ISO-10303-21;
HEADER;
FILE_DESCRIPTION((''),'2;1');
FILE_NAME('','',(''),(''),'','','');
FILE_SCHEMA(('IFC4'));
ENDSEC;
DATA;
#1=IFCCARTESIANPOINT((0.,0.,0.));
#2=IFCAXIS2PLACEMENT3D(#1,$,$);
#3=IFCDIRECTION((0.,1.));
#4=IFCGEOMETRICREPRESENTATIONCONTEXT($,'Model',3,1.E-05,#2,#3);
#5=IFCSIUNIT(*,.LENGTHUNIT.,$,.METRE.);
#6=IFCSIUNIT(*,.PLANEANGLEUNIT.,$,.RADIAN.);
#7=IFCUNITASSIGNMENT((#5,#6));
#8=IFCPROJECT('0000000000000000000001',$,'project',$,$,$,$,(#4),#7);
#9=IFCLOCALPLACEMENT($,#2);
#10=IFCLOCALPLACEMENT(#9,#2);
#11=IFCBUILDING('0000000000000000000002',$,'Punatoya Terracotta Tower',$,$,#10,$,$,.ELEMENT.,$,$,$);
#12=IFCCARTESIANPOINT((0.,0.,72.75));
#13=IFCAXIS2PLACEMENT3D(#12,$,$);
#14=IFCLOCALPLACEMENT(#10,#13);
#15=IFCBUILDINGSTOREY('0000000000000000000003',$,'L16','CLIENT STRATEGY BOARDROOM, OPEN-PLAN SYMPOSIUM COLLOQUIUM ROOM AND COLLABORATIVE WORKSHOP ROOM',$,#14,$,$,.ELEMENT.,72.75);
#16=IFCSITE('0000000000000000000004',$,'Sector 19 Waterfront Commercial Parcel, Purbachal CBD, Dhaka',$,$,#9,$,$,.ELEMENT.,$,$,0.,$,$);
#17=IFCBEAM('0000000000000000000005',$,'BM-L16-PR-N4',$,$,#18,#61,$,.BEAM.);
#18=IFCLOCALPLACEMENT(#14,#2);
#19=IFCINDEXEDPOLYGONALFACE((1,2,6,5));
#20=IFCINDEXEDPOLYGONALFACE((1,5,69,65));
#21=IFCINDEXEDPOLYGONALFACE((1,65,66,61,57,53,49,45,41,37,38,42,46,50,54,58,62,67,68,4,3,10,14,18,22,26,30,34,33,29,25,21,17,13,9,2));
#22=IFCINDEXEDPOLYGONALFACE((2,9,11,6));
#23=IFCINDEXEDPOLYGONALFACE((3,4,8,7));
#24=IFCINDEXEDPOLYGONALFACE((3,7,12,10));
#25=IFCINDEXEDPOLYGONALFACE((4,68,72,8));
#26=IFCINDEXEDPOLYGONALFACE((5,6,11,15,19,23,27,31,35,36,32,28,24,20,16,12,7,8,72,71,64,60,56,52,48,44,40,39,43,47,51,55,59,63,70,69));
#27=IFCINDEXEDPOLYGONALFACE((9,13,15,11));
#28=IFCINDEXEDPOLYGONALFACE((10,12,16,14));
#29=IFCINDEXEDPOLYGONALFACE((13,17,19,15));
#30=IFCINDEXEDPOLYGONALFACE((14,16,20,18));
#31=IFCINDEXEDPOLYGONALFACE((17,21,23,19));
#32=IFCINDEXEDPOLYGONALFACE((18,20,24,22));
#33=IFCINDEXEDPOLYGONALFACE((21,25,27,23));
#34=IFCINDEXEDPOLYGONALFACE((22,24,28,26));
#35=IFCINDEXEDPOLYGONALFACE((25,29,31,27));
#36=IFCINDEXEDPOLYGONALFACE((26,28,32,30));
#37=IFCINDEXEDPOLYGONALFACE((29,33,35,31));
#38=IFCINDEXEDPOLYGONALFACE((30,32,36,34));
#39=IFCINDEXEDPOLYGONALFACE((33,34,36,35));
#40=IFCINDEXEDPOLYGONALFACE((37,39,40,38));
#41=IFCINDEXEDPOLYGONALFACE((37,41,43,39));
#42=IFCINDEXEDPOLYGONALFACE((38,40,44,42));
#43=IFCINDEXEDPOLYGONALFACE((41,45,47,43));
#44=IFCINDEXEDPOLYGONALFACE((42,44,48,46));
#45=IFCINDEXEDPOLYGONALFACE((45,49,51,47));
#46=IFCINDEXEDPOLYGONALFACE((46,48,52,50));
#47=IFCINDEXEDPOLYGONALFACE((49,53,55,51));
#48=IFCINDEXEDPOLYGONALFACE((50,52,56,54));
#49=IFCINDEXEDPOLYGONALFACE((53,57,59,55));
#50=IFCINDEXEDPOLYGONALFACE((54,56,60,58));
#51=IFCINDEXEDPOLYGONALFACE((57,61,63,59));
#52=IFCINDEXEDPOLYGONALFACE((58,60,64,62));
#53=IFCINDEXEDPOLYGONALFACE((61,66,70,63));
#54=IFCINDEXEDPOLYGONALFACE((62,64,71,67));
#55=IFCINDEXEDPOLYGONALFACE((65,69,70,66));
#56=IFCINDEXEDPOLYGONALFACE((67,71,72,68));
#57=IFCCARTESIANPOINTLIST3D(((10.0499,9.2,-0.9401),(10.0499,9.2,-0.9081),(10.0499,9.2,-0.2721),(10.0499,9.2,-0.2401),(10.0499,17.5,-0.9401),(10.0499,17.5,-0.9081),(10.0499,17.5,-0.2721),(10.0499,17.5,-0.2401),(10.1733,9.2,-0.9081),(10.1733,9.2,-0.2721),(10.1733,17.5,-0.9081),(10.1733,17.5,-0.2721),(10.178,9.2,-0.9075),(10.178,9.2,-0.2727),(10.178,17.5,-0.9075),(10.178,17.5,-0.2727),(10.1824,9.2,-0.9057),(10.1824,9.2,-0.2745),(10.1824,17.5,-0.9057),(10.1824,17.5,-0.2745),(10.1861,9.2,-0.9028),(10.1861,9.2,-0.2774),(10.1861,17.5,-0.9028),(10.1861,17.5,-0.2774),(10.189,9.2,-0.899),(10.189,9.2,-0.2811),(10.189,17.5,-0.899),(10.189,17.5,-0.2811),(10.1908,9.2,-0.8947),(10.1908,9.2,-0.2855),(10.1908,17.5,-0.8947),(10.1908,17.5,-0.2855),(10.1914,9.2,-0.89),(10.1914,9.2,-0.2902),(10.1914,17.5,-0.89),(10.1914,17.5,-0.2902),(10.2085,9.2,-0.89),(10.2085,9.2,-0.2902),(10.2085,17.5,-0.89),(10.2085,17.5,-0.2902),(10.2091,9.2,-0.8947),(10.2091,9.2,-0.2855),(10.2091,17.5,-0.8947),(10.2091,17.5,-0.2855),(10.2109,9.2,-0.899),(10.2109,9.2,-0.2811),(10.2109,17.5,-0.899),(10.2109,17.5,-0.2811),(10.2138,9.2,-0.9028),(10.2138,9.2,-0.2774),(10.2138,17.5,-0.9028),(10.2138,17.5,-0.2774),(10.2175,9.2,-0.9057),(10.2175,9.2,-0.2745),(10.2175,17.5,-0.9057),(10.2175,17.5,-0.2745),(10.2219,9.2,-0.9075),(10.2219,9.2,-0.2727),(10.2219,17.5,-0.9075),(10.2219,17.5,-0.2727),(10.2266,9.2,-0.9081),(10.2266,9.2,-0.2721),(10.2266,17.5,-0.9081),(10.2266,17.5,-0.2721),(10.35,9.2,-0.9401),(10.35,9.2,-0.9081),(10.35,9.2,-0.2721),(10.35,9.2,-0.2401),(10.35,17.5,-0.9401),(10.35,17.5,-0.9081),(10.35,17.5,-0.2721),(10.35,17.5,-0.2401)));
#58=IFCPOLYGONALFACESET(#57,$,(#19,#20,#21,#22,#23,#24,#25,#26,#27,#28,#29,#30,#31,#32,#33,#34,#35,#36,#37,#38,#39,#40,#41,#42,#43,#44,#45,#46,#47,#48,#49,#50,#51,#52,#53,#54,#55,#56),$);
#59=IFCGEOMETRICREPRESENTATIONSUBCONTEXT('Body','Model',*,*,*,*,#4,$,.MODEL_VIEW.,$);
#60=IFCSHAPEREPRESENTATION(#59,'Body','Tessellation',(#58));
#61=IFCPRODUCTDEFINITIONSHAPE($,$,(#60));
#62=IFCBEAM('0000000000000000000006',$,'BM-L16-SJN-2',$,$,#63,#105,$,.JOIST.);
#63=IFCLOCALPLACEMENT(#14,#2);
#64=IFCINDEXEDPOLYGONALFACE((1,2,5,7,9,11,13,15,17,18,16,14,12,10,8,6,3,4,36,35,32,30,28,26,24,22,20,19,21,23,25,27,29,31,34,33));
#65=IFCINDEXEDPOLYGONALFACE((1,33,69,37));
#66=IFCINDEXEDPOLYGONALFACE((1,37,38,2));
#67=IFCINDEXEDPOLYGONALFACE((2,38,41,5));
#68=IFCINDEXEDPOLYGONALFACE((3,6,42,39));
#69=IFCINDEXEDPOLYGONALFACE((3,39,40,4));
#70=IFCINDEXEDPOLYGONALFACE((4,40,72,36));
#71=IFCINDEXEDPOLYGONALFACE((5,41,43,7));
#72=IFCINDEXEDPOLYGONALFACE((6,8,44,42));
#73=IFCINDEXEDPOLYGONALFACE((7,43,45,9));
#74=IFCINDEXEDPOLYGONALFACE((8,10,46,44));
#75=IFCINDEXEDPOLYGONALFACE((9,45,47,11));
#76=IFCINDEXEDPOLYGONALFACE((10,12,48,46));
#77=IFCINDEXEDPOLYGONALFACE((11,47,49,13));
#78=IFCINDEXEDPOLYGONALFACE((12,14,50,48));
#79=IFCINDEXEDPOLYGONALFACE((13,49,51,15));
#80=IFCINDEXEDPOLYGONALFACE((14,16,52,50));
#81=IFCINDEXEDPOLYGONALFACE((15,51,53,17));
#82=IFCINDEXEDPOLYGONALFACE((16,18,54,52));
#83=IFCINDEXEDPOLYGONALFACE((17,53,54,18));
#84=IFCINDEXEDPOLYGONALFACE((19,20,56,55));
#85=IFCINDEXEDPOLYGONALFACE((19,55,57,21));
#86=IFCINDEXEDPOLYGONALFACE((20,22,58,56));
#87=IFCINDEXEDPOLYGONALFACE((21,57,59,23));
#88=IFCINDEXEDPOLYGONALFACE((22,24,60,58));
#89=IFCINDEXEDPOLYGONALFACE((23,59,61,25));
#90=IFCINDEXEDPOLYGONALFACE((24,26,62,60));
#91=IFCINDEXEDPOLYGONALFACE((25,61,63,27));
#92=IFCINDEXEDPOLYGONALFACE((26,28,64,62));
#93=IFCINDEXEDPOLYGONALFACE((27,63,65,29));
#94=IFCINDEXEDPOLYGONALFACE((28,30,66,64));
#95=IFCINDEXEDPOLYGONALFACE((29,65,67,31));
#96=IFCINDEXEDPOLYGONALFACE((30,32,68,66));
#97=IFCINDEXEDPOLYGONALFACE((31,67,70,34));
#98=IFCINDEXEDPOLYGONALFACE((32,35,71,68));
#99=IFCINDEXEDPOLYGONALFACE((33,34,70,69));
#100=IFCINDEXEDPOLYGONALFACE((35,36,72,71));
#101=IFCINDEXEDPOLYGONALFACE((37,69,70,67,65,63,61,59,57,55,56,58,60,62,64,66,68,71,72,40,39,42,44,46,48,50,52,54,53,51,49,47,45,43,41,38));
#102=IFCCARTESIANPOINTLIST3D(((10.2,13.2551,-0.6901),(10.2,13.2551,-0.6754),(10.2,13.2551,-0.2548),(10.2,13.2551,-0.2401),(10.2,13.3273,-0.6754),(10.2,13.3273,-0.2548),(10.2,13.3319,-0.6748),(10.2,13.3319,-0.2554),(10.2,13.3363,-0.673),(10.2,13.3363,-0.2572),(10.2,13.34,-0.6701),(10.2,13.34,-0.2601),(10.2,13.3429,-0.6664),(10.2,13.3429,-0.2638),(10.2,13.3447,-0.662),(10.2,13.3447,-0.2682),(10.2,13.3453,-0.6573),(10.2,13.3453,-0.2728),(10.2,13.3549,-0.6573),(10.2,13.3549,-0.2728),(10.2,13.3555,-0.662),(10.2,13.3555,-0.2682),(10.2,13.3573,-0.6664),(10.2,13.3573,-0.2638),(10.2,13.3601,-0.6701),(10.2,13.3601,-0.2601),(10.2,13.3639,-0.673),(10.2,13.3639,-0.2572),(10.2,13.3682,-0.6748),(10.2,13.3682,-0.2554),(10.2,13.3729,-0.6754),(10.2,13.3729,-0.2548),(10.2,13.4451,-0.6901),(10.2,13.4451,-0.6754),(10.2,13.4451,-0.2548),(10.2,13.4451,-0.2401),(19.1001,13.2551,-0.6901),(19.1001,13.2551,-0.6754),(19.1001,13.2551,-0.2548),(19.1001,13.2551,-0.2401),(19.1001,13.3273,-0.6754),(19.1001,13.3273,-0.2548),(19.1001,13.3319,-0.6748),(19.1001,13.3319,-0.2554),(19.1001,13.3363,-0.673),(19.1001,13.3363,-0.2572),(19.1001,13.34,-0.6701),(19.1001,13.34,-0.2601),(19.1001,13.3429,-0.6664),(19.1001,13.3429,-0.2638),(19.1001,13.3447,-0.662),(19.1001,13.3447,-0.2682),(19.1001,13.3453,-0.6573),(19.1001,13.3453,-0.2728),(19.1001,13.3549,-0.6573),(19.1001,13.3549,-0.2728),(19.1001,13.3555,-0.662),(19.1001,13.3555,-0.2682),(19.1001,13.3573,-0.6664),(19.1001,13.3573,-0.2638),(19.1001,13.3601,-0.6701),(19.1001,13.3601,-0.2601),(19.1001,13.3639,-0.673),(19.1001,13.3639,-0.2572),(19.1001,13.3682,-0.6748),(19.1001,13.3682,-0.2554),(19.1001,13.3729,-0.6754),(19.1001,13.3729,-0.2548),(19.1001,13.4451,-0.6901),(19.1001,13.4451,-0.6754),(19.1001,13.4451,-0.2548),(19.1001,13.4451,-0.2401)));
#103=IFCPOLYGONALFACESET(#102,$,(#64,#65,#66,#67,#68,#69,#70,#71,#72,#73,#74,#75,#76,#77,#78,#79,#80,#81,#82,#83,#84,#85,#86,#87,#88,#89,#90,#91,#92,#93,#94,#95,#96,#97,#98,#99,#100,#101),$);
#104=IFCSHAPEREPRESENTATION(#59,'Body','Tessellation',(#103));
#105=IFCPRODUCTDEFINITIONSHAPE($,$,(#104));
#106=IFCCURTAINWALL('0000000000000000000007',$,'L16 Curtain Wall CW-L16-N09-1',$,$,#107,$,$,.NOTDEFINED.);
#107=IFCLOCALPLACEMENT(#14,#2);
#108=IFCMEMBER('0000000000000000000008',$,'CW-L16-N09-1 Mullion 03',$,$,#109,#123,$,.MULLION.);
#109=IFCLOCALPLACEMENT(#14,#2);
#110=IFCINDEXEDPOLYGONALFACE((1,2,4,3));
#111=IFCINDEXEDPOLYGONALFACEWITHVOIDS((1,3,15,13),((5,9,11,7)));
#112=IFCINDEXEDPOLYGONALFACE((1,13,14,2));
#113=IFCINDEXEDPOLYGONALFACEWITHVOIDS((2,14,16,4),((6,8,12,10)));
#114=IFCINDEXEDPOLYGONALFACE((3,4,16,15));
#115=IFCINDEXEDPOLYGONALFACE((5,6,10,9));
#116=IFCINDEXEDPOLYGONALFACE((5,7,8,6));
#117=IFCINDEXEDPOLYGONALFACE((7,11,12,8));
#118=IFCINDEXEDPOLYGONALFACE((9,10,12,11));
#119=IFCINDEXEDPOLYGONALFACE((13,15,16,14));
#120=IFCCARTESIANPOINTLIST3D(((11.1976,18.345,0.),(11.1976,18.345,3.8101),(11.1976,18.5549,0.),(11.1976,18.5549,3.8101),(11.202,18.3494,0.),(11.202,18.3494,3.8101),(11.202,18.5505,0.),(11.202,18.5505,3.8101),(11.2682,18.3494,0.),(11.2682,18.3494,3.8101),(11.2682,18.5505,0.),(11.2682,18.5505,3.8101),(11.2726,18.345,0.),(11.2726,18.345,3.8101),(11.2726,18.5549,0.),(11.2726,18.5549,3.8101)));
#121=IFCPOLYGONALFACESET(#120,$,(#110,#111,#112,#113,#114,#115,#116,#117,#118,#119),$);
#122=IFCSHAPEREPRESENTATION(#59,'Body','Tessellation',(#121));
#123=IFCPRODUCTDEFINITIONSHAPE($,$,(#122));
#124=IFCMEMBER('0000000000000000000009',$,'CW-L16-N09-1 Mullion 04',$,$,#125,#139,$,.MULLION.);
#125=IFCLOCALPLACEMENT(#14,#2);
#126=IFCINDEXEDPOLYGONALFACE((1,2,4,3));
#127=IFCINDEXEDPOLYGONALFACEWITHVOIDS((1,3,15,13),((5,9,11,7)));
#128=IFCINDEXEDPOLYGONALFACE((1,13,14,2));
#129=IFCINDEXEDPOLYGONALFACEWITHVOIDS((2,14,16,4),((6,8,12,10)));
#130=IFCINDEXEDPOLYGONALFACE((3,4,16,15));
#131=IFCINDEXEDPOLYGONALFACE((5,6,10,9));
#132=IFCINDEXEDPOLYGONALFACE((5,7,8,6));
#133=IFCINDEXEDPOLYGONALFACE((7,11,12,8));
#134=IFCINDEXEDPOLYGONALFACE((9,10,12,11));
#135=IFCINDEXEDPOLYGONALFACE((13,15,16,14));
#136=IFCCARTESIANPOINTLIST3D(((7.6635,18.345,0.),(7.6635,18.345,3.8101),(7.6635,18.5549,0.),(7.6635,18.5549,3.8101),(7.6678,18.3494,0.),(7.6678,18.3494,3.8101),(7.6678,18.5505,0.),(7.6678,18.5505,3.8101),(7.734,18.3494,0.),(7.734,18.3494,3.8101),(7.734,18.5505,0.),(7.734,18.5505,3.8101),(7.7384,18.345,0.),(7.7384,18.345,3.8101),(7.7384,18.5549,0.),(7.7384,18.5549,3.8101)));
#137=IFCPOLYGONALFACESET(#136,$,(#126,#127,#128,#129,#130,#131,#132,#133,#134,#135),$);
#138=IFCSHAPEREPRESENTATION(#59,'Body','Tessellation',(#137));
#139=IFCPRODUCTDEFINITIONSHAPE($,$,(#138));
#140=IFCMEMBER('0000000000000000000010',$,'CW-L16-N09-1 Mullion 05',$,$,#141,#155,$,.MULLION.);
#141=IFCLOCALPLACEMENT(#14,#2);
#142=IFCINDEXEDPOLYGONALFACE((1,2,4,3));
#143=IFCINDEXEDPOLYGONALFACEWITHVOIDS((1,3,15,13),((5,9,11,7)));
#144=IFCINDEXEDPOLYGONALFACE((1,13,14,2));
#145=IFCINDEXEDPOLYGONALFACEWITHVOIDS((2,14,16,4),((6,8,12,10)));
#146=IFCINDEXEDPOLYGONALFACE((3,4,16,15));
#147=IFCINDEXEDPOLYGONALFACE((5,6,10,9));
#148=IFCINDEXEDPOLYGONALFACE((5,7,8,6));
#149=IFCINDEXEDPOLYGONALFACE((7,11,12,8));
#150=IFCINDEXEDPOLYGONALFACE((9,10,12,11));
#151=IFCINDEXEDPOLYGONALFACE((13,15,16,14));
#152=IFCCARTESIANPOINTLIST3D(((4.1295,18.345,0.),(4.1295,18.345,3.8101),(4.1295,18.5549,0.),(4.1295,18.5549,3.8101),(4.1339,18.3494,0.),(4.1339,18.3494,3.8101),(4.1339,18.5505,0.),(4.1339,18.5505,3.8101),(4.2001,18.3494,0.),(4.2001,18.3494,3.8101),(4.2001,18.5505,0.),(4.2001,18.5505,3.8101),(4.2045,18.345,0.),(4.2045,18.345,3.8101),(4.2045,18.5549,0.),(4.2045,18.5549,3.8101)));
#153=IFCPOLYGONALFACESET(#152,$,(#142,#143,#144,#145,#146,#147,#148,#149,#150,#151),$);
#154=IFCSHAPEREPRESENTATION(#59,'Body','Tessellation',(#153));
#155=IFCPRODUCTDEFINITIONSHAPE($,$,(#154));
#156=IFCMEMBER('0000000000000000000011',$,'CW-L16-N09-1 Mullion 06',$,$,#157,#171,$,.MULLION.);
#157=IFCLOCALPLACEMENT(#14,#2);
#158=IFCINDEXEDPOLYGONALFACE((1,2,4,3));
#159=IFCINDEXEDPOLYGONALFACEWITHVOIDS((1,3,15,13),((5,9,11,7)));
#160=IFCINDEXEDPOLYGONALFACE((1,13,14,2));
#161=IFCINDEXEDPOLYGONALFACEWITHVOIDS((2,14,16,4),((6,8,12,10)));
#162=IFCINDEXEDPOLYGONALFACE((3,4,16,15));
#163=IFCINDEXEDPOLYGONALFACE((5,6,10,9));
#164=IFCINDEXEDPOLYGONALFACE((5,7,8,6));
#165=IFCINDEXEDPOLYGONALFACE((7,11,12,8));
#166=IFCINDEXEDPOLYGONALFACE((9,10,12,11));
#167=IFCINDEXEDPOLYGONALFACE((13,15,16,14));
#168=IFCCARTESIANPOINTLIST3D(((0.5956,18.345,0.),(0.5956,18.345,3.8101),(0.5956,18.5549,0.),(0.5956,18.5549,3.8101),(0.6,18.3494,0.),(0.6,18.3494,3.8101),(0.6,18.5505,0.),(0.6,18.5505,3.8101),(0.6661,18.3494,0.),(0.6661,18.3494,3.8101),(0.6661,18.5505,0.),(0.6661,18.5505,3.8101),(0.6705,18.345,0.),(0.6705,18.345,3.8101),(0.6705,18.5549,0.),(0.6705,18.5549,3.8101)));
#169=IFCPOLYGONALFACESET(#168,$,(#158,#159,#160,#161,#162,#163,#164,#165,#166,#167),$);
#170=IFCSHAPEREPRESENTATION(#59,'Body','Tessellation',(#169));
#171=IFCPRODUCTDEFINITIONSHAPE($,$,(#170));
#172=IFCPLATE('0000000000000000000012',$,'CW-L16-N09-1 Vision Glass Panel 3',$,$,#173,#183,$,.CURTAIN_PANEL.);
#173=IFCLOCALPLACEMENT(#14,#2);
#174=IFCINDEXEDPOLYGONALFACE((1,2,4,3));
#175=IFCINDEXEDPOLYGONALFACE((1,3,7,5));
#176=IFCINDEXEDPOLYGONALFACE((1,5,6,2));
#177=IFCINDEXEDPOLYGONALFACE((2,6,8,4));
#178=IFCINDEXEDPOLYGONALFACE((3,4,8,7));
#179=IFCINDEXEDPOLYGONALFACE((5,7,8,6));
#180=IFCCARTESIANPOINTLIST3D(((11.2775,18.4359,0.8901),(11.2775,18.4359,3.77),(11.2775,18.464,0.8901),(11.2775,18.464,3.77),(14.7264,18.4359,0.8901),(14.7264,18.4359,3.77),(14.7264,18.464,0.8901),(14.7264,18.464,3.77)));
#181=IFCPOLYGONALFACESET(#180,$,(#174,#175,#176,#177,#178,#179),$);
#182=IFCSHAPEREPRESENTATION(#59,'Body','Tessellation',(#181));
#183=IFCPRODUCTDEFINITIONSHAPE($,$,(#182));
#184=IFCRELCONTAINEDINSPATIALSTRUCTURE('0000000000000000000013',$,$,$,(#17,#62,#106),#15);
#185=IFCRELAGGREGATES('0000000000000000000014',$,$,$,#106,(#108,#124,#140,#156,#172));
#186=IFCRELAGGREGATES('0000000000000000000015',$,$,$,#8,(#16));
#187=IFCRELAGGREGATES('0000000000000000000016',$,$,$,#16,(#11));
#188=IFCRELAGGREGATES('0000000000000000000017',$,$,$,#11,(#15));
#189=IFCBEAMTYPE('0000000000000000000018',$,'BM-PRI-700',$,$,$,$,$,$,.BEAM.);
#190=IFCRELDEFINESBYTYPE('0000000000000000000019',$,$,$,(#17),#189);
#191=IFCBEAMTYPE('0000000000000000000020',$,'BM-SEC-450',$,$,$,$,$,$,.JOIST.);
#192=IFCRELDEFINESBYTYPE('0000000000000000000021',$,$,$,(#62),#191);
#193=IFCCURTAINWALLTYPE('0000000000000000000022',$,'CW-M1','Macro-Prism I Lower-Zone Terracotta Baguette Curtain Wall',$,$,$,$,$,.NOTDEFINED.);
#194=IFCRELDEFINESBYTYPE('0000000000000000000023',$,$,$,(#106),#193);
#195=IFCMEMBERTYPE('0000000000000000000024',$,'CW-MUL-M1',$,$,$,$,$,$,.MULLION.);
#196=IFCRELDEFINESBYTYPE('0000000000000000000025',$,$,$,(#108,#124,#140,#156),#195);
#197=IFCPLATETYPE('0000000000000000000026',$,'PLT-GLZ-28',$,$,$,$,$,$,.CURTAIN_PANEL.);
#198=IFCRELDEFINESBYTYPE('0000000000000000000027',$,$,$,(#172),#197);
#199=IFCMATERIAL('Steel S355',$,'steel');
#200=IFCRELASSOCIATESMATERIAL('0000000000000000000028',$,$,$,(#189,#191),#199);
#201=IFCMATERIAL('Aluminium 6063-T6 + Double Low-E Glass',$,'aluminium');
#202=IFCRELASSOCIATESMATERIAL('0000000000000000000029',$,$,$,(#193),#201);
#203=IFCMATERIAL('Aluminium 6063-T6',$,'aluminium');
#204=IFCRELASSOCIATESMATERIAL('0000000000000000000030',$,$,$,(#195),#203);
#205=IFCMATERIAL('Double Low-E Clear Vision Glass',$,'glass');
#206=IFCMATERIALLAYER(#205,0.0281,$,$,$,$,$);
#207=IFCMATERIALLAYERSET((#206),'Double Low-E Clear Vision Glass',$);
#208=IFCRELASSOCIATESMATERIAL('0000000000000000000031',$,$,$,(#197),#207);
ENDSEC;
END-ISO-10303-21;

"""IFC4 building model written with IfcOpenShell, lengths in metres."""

from ifc_helpers import new_model, si_unit, direction, frame, origin, origin_2d, place, context, subcontext, project, spatial, rectangle, hollow_rectangle, i_section, extrude, material, layer, layer_set, material_profile, profile_set, type_object, element, aggregate, save


model = new_model("IFC4")

# Units and contexts
model_context = context("Model", 3, precision=1e-05, world=origin(), true_north=direction((0.0, 1.0)))
body_context = subcontext(model_context, "Body", "Model", "MODEL_VIEW")
ifc_project = project(units=[si_unit("LENGTHUNIT", "METRE"), si_unit("PLANEANGLEUNIT", "RADIAN")], contexts=[model_context])

# Site, building, storey
site_placement = place(None, origin())
site = spatial("IfcSite", under=ifc_project, at=site_placement, Name="Sector 19 Waterfront Commercial Parcel, Purbachal CBD, Dhaka", CompositionType="ELEMENT", RefElevation=0.0)
building_placement = place(site_placement, origin())
building = spatial("IfcBuilding", under=site, at=building_placement, Name="Punatoya Terracotta Tower", CompositionType="ELEMENT")
storey_placement = place(building_placement, frame((0.0, 0.0, 72.75)))
storey = spatial("IfcBuildingStorey", under=building, at=storey_placement, Name="L16", Description="CLIENT STRATEGY BOARDROOM, OPEN-PLAN SYMPOSIUM COLLOQUIUM ROOM AND COLLABORATIVE WORKSHOP ROOM", CompositionType="ELEMENT", Elevation=72.75)

# Beams
ifc_material_1 = material(Name="Steel S355", Category="steel")
ifc_material_profile_1 = material_profile(ifc_material_1, i_section(OverallWidth=0.3, OverallDepth=0.7, WebThickness=0.0171, FlangeThickness=0.032, FilletRadius=0.0181, at=origin_2d()))
ifc_profile_set_1 = profile_set([ifc_material_profile_1], Name="Steel S355")
beam_type_1 = type_object("IfcBeamType", Name="BM-PRI-700", PredefinedType="BEAM", material=ifc_profile_set_1)
for number, where, z_axis, x_axis, name in (
    (1, (10.2, 9.2, -0.5901), (0.0, 1.0, 0.0), (-1.0, 0.0, 0.0), "BM-L16-PR-N4"),
):
    element("IfcBeam", number, at=place(storey_placement, frame(where, z_axis=z_axis, x_axis=x_axis)), inside=storey, type_object=beam_type_1, Name=name, PredefinedType="BEAM", context=body_context, shape_type="SweptSolid", body=[
        extrude(i_section(OverallWidth=0.3, OverallDepth=0.7, WebThickness=0.0171, FlangeThickness=0.032, FilletRadius=0.0181, at=origin_2d()), origin(), (0.0, 0.0, 1.0), 8.3),
    ])
ifc_material_profile_2 = material_profile(ifc_material_1, i_section(OverallWidth=0.1899, OverallDepth=0.45, WebThickness=0.0095, FlangeThickness=0.0146, FilletRadius=0.0181, at=origin_2d()))
ifc_profile_set_2 = profile_set([ifc_material_profile_2], Name="Steel S355")
beam_type_2 = type_object("IfcBeamType", Name="BM-SEC-450", PredefinedType="JOIST", material=ifc_profile_set_2)
beam_1_placement = place(storey_placement, frame((10.2, 13.3501, -0.4651), z_axis=(1.0, 0.0, 0.0), x_axis=(0.0, 1.0, 0.0)))
element("IfcBeam", 2, at=beam_1_placement, inside=storey, type_object=beam_type_2, Name="BM-L16-SJN-2", PredefinedType="JOIST", context=body_context, shape_type="SweptSolid", body=[
    extrude(i_section(OverallWidth=0.1899, OverallDepth=0.45, WebThickness=0.0095, FlangeThickness=0.0146, FilletRadius=0.0181, at=origin_2d()), origin(), (0.0, 0.0, 1.0), 8.9001),
])

# Curtain wall, members, plate
ifc_material_2 = material(Name="Aluminium 6063-T6 + Double Low-E Glass", Category="aluminium")
curtain_wall_type = type_object("IfcCurtainWallType", Name="CW-M1", Description="Macro-Prism I Lower-Zone Terracotta Baguette Curtain Wall", PredefinedType="NOTDEFINED", material=ifc_material_2)
curtain_wall_placement = place(storey_placement, origin())
curtain_wall = element("IfcCurtainWall", 3, at=curtain_wall_placement, inside=storey, type_object=curtain_wall_type, Name="L16 Curtain Wall CW-L16-N09-1", PredefinedType="NOTDEFINED")
ifc_material_3 = material(Name="Aluminium 6063-T6", Category="aluminium")
ifc_material_profile_3 = material_profile(ifc_material_3, hollow_rectangle(XDim=0.075, YDim=0.21, WallThickness=0.0044, at=origin_2d()))
ifc_profile_set_3 = profile_set([ifc_material_profile_3], Name="Aluminium 6063-T6")
member_type = type_object("IfcMemberType", Name="CW-MUL-M1", PredefinedType="MULLION", material=ifc_profile_set_3)
member_1_placement = place(storey_placement, frame((11.2351, 18.45, 0.0), z_axis=(0.0, 0.0, 1.0), x_axis=(1.0, 0.0, 0.0)))
member_1 = element("IfcMember", 4, at=member_1_placement, type_object=member_type, Name="CW-L16-N09-1 Mullion 03", PredefinedType="MULLION", context=body_context, shape_type="SweptSolid", body=[
    extrude(hollow_rectangle(XDim=0.075, YDim=0.21, WallThickness=0.0044, at=origin_2d()), origin(), (0.0, 0.0, 1.0), 3.8101),
])
member_2_placement = place(storey_placement, frame((7.7009, 18.45, 0.0), z_axis=(0.0, 0.0, 1.0), x_axis=(1.0, 0.0, 0.0)))
member_2 = element("IfcMember", 5, at=member_2_placement, type_object=member_type, Name="CW-L16-N09-1 Mullion 04", PredefinedType="MULLION", context=body_context, shape_type="SweptSolid", body=[
    extrude(hollow_rectangle(XDim=0.075, YDim=0.21, WallThickness=0.0044, at=origin_2d()), origin(), (0.0, 0.0, 1.0), 3.8101),
])
member_3_placement = place(storey_placement, frame((4.167, 18.45, 0.0), z_axis=(0.0, 0.0, 1.0), x_axis=(1.0, 0.0, 0.0)))
member_3 = element("IfcMember", 6, at=member_3_placement, type_object=member_type, Name="CW-L16-N09-1 Mullion 05", PredefinedType="MULLION", context=body_context, shape_type="SweptSolid", body=[
    extrude(hollow_rectangle(XDim=0.075, YDim=0.21, WallThickness=0.0044, at=origin_2d()), origin(), (0.0, 0.0, 1.0), 3.8101),
])
member_4_placement = place(storey_placement, frame((0.6331, 18.45, 0.0), z_axis=(0.0, 0.0, 1.0), x_axis=(1.0, 0.0, 0.0)))
member_4 = element("IfcMember", 7, at=member_4_placement, type_object=member_type, Name="CW-L16-N09-1 Mullion 06", PredefinedType="MULLION", context=body_context, shape_type="SweptSolid", body=[
    extrude(hollow_rectangle(XDim=0.075, YDim=0.21, WallThickness=0.0044, at=origin_2d()), origin(), (0.0, 0.0, 1.0), 3.8101),
])
ifc_material_4 = material(Name="Double Low-E Clear Vision Glass", Category="glass")
ifc_layer_1 = layer(ifc_material_4, 0.0281)
ifc_layer_set_1 = layer_set([ifc_layer_1], Name="Double Low-E Clear Vision Glass")
plate_type_1 = type_object("IfcPlateType", Name="PLT-GLZ-28", PredefinedType="CURTAIN_PANEL", material=ifc_layer_set_1)
plate_1_placement = place(storey_placement, frame((13.002, 18.45, 0.8901), z_axis=(0.0, 0.0, 1.0), x_axis=(-1.0, 0.0, 0.0)))
plate_1 = element("IfcPlate", 8, at=plate_1_placement, type_object=plate_type_1, Name="CW-L16-N09-1 Vision Glass Panel 3", PredefinedType="CURTAIN_PANEL", context=body_context, shape_type="SweptSolid", body=[
    extrude(rectangle(XDim=3.449, YDim=0.0281, at=origin_2d()), origin(), (0.0, 0.0, 1.0), 2.8799),
])
aggregate(curtain_wall, [member_1, member_2, member_3, member_4, plate_1])

save(model, "model.ifc")
